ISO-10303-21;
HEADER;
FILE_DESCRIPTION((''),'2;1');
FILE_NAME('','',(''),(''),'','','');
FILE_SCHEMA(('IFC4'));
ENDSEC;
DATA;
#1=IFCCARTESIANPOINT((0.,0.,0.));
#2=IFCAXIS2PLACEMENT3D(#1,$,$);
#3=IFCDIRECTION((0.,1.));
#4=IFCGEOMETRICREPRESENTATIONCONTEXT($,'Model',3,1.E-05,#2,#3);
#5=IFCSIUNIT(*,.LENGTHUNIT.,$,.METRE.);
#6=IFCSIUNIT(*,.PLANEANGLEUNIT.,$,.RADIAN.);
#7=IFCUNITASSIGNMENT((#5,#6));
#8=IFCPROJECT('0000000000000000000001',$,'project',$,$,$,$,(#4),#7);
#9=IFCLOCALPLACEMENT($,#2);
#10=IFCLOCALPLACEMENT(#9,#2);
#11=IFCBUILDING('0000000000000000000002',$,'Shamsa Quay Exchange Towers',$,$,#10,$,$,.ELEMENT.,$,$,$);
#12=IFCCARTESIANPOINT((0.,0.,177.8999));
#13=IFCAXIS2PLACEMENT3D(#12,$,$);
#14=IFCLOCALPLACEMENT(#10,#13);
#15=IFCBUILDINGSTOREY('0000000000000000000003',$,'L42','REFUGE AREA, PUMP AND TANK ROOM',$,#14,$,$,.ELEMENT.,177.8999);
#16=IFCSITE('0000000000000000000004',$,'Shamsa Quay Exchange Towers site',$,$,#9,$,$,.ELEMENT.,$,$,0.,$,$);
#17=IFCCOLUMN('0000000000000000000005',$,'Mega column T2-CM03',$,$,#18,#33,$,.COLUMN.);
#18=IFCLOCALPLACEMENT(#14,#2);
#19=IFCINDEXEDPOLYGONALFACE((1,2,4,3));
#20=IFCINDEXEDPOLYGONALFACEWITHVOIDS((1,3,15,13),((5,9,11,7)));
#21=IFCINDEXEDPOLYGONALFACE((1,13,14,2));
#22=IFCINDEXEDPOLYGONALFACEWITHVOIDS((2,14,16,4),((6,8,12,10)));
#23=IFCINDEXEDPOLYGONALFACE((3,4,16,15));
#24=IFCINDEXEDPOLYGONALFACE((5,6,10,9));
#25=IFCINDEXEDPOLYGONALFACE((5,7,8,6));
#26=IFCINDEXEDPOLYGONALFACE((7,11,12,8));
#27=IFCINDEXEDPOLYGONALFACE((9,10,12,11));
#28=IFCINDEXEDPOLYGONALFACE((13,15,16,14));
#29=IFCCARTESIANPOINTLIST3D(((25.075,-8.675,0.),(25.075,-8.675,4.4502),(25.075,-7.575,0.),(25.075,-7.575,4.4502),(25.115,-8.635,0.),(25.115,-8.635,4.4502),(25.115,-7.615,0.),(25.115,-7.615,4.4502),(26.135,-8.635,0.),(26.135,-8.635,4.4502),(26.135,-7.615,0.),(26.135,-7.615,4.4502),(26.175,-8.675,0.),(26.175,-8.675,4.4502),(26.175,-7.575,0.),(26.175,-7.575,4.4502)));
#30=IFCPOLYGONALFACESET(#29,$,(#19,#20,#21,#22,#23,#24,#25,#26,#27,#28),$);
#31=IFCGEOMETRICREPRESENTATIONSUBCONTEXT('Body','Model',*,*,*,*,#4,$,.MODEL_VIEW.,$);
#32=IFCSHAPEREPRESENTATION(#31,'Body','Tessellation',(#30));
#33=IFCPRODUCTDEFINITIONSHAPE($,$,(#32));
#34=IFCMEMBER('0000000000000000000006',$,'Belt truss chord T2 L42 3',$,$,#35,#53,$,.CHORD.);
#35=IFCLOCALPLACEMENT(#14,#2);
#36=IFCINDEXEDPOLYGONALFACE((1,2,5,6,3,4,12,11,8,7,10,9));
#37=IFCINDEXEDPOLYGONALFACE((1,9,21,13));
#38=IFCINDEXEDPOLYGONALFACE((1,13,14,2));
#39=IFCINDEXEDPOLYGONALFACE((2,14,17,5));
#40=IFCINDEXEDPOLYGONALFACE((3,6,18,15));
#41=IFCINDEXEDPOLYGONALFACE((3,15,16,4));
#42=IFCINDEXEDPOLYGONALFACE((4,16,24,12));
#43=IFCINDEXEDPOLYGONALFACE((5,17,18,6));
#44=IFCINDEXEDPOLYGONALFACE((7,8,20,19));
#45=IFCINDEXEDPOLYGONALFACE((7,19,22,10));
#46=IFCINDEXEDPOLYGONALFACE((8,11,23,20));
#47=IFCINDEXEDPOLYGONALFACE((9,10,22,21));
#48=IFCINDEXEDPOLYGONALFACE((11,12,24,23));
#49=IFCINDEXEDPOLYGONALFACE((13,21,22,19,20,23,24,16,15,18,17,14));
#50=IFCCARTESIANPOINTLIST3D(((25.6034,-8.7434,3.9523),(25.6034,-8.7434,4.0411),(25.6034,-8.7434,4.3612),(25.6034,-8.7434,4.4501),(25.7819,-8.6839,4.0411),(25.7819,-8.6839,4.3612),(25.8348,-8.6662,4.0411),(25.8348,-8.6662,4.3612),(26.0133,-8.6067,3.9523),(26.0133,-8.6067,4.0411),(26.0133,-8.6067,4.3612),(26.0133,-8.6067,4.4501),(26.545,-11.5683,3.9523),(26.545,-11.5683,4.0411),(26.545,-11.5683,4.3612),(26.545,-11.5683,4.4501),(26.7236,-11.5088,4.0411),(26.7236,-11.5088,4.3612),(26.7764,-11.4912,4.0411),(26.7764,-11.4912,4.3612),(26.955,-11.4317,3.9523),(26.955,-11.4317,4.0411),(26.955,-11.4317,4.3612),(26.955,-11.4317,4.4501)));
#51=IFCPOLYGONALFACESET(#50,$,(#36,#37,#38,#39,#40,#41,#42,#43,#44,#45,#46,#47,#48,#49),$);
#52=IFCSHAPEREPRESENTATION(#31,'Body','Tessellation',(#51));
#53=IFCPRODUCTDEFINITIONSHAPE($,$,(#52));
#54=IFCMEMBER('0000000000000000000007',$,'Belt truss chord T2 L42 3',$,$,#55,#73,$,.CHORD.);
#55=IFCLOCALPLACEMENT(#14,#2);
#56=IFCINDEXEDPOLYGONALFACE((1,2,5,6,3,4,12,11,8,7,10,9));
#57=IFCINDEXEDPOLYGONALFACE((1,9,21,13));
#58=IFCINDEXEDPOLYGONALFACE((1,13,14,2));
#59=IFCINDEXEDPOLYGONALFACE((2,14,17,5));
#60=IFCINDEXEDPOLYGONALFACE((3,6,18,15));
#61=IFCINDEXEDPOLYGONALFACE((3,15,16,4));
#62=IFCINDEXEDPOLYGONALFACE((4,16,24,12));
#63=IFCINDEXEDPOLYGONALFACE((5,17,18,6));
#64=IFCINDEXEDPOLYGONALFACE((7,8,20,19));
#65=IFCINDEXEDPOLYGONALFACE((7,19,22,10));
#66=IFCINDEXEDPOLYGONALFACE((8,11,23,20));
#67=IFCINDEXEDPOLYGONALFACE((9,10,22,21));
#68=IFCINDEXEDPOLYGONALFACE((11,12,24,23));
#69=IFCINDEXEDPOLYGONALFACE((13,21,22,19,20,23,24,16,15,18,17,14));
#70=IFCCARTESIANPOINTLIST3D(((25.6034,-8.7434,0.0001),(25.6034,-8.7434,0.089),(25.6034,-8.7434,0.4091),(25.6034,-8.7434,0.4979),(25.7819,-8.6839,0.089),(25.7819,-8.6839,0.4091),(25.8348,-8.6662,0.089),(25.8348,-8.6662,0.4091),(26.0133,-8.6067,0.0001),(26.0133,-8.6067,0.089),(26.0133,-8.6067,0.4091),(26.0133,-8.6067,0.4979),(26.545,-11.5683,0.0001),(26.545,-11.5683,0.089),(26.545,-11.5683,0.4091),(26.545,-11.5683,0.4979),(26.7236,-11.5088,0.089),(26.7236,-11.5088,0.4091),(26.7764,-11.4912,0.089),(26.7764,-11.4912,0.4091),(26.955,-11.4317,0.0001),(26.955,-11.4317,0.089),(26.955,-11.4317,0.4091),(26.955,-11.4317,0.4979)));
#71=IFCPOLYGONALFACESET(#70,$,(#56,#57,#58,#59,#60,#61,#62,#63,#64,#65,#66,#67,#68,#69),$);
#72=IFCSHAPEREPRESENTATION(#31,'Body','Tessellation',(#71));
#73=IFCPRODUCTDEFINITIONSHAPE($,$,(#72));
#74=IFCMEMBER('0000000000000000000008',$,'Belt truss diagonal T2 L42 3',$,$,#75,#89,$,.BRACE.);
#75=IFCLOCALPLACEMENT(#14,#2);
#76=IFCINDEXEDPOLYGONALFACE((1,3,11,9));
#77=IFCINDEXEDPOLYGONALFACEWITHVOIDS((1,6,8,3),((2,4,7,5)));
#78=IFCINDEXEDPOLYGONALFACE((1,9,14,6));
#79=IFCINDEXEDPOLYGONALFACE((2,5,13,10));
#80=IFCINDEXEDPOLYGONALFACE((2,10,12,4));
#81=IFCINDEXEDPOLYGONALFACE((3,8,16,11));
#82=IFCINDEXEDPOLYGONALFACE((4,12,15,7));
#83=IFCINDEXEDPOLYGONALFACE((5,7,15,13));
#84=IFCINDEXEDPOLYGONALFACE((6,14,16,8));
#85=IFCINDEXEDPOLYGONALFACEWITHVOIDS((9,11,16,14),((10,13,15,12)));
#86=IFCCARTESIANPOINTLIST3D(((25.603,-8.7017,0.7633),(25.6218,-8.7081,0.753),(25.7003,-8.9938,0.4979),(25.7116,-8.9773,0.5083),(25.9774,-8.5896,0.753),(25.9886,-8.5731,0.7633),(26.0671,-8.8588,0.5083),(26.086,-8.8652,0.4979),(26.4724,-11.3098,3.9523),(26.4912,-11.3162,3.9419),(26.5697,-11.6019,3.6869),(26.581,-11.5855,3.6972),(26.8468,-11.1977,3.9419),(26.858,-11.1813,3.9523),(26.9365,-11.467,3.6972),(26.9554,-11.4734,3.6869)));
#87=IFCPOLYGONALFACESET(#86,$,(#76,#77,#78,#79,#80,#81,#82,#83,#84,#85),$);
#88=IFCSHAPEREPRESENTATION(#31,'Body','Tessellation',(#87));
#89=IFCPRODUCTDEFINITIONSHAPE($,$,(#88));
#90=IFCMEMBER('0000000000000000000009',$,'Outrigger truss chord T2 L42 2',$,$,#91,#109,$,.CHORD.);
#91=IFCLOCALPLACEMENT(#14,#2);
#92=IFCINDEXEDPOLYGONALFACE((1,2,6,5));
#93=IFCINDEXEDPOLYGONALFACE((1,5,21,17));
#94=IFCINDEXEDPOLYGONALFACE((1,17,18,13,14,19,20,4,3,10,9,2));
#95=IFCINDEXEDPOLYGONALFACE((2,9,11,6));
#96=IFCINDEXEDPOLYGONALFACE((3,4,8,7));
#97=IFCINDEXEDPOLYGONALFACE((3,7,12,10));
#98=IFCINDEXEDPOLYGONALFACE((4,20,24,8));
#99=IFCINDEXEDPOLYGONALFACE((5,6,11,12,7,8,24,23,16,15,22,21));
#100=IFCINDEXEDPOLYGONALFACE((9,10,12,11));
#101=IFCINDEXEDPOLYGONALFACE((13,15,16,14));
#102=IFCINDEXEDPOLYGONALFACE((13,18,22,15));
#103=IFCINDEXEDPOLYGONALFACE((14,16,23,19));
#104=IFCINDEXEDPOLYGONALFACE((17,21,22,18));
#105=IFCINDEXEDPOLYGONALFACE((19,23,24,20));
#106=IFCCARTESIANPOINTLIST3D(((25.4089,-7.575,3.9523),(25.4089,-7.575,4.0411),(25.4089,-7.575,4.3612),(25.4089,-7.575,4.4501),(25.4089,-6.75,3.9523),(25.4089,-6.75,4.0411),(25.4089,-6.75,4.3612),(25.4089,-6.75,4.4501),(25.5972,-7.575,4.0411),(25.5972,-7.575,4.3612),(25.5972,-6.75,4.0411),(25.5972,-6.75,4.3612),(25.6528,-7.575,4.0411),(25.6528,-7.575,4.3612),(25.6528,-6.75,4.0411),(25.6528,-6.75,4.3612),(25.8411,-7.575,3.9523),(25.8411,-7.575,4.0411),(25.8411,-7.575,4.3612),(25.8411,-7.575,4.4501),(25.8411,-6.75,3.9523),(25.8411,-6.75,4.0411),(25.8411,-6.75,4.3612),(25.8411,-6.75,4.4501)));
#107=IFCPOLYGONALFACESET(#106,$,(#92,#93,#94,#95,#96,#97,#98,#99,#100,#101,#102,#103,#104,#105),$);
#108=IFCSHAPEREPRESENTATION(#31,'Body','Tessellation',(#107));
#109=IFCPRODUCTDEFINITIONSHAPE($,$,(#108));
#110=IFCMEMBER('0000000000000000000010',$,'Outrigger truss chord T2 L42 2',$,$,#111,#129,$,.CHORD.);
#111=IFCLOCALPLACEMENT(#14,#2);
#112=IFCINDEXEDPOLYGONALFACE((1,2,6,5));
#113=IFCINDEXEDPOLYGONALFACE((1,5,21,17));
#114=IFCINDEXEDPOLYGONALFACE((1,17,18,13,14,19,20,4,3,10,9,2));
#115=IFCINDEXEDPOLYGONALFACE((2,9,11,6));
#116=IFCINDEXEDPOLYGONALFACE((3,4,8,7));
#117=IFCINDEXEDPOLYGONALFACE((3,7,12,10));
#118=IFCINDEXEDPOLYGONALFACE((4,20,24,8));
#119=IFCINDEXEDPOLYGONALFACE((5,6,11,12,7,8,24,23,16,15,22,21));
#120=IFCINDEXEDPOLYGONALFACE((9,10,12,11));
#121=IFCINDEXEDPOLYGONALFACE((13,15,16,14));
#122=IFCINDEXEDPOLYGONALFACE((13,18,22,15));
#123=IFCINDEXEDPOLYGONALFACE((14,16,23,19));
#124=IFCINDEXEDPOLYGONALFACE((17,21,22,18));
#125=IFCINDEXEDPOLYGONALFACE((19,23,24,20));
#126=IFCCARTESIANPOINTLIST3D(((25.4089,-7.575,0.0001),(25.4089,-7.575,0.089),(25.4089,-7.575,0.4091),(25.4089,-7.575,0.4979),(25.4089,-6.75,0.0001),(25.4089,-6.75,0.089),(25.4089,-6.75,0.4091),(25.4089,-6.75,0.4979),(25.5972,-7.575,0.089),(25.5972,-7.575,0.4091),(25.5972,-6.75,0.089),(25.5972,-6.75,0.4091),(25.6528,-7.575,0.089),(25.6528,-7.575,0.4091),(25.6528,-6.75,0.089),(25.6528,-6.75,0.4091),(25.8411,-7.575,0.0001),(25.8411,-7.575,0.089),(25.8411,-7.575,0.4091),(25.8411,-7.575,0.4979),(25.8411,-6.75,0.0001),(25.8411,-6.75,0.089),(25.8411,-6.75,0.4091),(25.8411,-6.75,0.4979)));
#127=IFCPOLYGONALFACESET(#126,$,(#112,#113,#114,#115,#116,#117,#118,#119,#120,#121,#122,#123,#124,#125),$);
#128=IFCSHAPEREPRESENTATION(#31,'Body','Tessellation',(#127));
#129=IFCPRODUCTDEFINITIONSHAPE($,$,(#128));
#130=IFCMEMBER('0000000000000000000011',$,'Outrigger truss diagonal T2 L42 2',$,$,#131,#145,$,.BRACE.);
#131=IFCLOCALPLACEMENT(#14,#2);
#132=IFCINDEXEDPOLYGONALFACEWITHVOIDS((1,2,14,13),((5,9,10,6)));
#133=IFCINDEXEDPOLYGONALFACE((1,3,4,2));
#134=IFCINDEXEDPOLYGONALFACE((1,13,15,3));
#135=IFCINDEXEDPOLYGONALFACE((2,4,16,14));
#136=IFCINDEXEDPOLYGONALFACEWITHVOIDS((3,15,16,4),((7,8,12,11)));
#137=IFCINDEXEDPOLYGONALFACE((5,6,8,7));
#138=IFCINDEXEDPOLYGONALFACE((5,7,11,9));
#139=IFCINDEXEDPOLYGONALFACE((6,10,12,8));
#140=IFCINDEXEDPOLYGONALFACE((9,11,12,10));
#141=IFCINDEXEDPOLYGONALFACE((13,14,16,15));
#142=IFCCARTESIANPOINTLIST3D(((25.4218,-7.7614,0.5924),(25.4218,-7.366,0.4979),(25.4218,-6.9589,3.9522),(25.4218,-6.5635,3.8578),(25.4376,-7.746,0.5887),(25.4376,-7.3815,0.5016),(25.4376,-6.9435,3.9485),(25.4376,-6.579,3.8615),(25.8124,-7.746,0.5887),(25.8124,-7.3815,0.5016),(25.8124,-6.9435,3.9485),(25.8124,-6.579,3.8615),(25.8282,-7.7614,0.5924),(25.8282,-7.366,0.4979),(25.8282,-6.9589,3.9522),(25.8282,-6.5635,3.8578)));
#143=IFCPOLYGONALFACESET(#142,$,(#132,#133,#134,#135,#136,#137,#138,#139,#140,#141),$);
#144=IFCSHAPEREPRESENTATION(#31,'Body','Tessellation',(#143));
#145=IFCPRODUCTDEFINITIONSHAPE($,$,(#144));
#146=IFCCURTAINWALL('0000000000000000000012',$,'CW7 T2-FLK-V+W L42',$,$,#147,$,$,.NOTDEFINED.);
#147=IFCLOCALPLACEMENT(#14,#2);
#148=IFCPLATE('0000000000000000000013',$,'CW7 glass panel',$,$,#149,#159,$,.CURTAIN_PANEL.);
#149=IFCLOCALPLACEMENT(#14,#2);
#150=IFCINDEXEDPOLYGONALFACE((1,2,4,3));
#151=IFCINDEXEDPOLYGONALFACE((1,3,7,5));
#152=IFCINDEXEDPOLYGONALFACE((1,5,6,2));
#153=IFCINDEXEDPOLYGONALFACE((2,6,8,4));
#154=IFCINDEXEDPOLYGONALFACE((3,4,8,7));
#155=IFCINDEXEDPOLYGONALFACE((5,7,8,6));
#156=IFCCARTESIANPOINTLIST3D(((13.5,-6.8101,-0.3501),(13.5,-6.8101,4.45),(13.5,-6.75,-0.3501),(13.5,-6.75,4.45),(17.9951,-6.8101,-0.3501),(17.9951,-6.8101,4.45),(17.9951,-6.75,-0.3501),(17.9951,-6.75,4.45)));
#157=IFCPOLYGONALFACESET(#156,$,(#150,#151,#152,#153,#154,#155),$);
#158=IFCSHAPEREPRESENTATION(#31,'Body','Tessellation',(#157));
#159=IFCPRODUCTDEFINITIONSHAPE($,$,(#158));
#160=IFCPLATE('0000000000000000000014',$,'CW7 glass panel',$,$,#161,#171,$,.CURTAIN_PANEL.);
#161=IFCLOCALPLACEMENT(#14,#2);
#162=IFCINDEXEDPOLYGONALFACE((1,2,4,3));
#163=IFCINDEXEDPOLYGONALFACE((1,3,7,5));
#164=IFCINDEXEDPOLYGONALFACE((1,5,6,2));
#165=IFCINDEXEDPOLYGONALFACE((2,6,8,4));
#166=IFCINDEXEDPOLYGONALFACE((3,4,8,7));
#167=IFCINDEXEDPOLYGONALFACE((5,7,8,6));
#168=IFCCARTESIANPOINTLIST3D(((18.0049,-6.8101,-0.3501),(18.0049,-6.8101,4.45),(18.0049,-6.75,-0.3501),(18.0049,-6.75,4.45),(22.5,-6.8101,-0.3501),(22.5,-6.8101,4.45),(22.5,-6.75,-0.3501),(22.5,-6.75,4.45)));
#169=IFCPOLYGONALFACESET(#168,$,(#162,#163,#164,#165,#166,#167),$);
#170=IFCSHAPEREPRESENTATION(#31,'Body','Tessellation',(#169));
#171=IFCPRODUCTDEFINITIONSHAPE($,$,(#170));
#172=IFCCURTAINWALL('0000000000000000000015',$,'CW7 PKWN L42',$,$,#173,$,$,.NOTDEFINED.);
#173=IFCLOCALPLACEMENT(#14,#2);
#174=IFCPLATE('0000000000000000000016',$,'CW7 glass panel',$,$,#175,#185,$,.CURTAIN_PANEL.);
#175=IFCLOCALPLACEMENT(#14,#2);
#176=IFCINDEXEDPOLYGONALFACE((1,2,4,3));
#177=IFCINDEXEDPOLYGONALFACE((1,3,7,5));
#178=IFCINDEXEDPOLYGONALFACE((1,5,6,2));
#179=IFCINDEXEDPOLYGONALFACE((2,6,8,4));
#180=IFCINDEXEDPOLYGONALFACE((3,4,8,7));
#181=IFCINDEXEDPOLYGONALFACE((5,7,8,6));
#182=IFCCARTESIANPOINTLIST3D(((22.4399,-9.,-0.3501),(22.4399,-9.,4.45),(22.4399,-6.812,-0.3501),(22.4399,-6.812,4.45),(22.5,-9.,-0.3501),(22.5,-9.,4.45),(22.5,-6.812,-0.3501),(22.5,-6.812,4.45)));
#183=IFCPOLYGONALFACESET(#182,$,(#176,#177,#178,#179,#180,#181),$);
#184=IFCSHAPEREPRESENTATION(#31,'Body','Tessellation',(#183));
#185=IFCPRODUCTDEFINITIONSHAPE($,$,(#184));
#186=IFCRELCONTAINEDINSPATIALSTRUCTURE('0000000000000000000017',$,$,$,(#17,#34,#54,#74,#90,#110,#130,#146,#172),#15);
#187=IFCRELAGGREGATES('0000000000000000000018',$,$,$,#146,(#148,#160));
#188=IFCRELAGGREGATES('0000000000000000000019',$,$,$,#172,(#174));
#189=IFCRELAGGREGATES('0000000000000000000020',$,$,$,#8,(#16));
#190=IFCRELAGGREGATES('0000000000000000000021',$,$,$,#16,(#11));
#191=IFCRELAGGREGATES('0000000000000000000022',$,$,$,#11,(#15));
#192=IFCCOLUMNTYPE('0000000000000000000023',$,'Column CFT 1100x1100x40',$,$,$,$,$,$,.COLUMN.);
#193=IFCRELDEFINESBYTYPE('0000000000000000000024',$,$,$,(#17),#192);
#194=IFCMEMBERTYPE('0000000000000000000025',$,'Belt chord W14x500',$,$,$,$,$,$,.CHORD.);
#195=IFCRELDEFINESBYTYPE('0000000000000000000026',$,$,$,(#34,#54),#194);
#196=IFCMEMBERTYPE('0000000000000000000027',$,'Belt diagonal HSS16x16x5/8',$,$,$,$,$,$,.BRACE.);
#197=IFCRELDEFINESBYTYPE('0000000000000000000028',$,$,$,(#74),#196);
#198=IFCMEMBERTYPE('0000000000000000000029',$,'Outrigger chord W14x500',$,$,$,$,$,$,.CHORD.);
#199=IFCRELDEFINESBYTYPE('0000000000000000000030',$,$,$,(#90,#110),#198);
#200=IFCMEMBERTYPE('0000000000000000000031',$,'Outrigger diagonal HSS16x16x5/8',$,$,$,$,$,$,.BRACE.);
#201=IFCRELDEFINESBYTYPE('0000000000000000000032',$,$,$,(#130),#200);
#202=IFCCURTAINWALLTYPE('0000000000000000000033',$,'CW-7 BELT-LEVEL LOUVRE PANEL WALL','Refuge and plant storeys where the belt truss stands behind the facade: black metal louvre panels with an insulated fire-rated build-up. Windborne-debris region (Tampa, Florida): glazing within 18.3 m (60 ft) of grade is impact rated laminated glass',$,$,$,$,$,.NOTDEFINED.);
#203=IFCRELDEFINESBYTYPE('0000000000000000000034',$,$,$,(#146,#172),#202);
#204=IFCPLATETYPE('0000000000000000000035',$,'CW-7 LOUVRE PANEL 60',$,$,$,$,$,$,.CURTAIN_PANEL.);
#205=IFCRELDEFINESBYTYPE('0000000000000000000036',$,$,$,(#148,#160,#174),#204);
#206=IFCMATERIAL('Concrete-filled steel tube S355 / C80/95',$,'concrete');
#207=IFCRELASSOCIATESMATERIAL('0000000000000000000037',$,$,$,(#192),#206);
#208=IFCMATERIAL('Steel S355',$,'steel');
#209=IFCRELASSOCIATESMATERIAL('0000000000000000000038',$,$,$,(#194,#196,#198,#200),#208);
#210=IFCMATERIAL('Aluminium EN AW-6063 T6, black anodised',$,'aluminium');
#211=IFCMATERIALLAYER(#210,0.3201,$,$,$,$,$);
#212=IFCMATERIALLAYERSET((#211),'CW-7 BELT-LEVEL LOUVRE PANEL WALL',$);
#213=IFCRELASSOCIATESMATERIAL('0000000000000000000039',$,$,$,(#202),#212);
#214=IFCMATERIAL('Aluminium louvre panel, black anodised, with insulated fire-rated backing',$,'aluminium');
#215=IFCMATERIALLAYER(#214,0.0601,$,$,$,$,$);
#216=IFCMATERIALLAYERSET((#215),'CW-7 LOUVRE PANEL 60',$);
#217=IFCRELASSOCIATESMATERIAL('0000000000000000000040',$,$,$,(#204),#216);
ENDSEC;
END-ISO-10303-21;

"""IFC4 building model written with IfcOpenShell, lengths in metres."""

from ifc_helpers import new_model, si_unit, direction, frame, origin, origin_2d, place, context, subcontext, project, spatial, rectangle, hollow_rectangle, i_section, extrude, material, layer, layer_set, material_profile, profile_set, type_object, element, aggregate, save


model = new_model("IFC4")

# Units and contexts
model_context = context("Model", 3, precision=1e-05, world=origin(), true_north=direction((0.0, 1.0)))
body_context = subcontext(model_context, "Body", "Model", "MODEL_VIEW")
ifc_project = project(units=[si_unit("LENGTHUNIT", "METRE"), si_unit("PLANEANGLEUNIT", "RADIAN")], contexts=[model_context])

# Site, building, storey
site_placement = place(None, origin())
site = spatial("IfcSite", under=ifc_project, at=site_placement, Name="Shamsa Quay Exchange Towers site", CompositionType="ELEMENT", RefElevation=0.0)
building_placement = place(site_placement, origin())
building = spatial("IfcBuilding", under=site, at=building_placement, Name="Shamsa Quay Exchange Towers", CompositionType="ELEMENT")
storey_placement = place(building_placement, frame((0.0, 0.0, 177.8999)))
storey = spatial("IfcBuildingStorey", under=building, at=storey_placement, Name="L42", Description="REFUGE AREA, PUMP AND TANK ROOM", CompositionType="ELEMENT", Elevation=177.8999)

# Column
ifc_material_1 = material(Name="Concrete-filled steel tube S355 / C80/95", Category="concrete")
ifc_material_profile_1 = material_profile(ifc_material_1, hollow_rectangle(XDim=1.1001, YDim=1.1001, WallThickness=0.04, at=origin_2d()), Name="CFT 1100x1100x40")
ifc_profile_set_1 = profile_set([ifc_material_profile_1], Name="Concrete-filled steel tube S355 / C80/95")
column_type = type_object("IfcColumnType", Name="Column CFT 1100x1100x40", PredefinedType="COLUMN", material=ifc_profile_set_1)
column_placement = place(storey_placement, frame((25.625, -8.125, 0.0)))
element("IfcColumn", 1, at=column_placement, inside=storey, type_object=column_type, Name="Mega column T2-CM03", PredefinedType="COLUMN", context=body_context, shape_type="SweptSolid", body=[
    extrude(hollow_rectangle(XDim=1.1001, YDim=1.1001, WallThickness=0.04, at=origin_2d()), origin(), (0.0, 0.0, 1.0), 4.4502),
])

# Members
ifc_material_2 = material(Name="Steel S355", Category="steel")
ifc_material_profile_2 = material_profile(ifc_material_2, i_section(OverallWidth=0.4321, OverallDepth=0.4978, WebThickness=0.0557, FlangeThickness=0.0889, at=origin_2d()), Name="W14x500")
ifc_profile_set_2 = profile_set([ifc_material_profile_2], Name="Steel S355")
member_type_1 = type_object("IfcMemberType", Name="Belt chord W14x500", PredefinedType="CHORD", material=ifc_profile_set_2)
for number, where, z_axis, x_axis, name in (
    (2, (25.8083, -8.675, 4.2012), (0.316228, -0.948683, 0.0), (0.948683, 0.316228, 0.0), "Belt truss chord T2 L42 3"),
    (3, (25.8083, -8.675, 0.249), (0.316228, -0.948683, 0.0), (0.948683, 0.316228, 0.0), "Belt truss chord T2 L42 3"),
):
    element("IfcMember", number, at=place(storey_placement, frame(where, z_axis=z_axis, x_axis=x_axis)), inside=storey, type_object=member_type_1, Name=name, PredefinedType="CHORD", context=body_context, shape_type="SweptSolid", body=[
        extrude(i_section(OverallWidth=0.4321, OverallDepth=0.4978, WebThickness=0.0557, FlangeThickness=0.0889, at=origin_2d()), origin(), (0.0, 0.0, 1.0), 2.9778),
    ])
ifc_material_profile_3 = material_profile(ifc_material_2, hollow_rectangle(XDim=0.4065, YDim=0.4065, WallThickness=0.0159, at=origin_2d()), Name="HSS16x16x5/8")
ifc_profile_set_3 = profile_set([ifc_material_profile_3], Name="Steel S355")
member_type_2 = type_object("IfcMemberType", Name="Belt diagonal HSS16x16x5/8", PredefinedType="BRACE", material=ifc_profile_set_3)
member_1_placement = place(storey_placement, frame((25.8445, -8.7834, 0.6306), z_axis=(0.206483, -0.61945, 0.757395), x_axis=(0.948683, 0.316228, 0.0)))
element("IfcMember", 4, at=member_1_placement, inside=storey, type_object=member_type_2, Name="Belt truss diagonal T2 L42 3", PredefinedType="BRACE", context=body_context, shape_type="SweptSolid", body=[
    extrude(hollow_rectangle(XDim=0.4065, YDim=0.4065, WallThickness=0.0159, at=origin_2d()), origin(), (0.0, 0.0, 1.0), 4.2104),
])
ifc_material_profile_4 = material_profile(ifc_material_2, i_section(OverallWidth=0.4321, OverallDepth=0.4978, WebThickness=0.0557, FlangeThickness=0.0889, at=origin_2d()), Name="W14x500")
ifc_profile_set_4 = profile_set([ifc_material_profile_4], Name="Steel S355")
member_type_3 = type_object("IfcMemberType", Name="Outrigger chord W14x500", PredefinedType="CHORD", material=ifc_profile_set_4)
for number, where, z_axis, x_axis, name in (
    (5, (25.625, -7.575, 4.2012), (0.0, 1.0, 0.0), (-1.0, 0.0, 0.0), "Outrigger truss chord T2 L42 2"),
    (6, (25.625, -7.575, 0.249), (0.0, 1.0, 0.0), (-1.0, 0.0, 0.0), "Outrigger truss chord T2 L42 2"),
):
    element("IfcMember", number, at=place(storey_placement, frame(where, z_axis=z_axis, x_axis=x_axis)), inside=storey, type_object=member_type_3, Name=name, PredefinedType="CHORD", context=body_context, shape_type="SweptSolid", body=[
        extrude(i_section(OverallWidth=0.4321, OverallDepth=0.4978, WebThickness=0.0557, FlangeThickness=0.0889, at=origin_2d()), origin(), (0.0, 0.0, 1.0), 0.825),
    ])
ifc_material_profile_5 = material_profile(ifc_material_2, hollow_rectangle(XDim=0.4065, YDim=0.4065, WallThickness=0.0159, at=origin_2d()), Name="HSS16x16x5/8")
ifc_profile_set_5 = profile_set([ifc_material_profile_5], Name="Steel S355")
member_type_4 = type_object("IfcMemberType", Name="Outrigger diagonal HSS16x16x5/8", PredefinedType="BRACE", material=ifc_profile_set_5)
member_2_placement = place(storey_placement, frame((25.625, -7.5637, 0.5452), z_axis=(0.0, 0.232312, 0.972641), x_axis=(-1.0, 0.0, 0.0)))
element("IfcMember", 7, at=member_2_placement, inside=storey, type_object=member_type_4, Name="Outrigger truss diagonal T2 L42 2", PredefinedType="BRACE", context=body_context, shape_type="SweptSolid", body=[
    extrude(hollow_rectangle(XDim=0.4065, YDim=0.4065, WallThickness=0.0159, at=origin_2d()), origin(), (0.0, 0.0, 1.0), 3.4543),
])

# Curtain wall, plates
ifc_material_3 = material(Name="Aluminium EN AW-6063 T6, black anodised", Category="aluminium")
ifc_layer_1 = layer(ifc_material_3, 0.3201)
ifc_layer_set_1 = layer_set([ifc_layer_1], Name="CW-7 BELT-LEVEL LOUVRE PANEL WALL")
curtain_wall_type = type_object("IfcCurtainWallType", Name="CW-7 BELT-LEVEL LOUVRE PANEL WALL", Description="Refuge and plant storeys where the belt truss stands behind the facade: black metal louvre panels with an insulated fire-rated build-up. Windborne-debris region (Tampa, Florida): glazing within 18.3 m (60 ft) of grade is impact rated laminated glass", PredefinedType="NOTDEFINED", material=ifc_layer_set_1)
curtain_wall_1_placement = place(storey_placement, origin())
curtain_wall_1 = element("IfcCurtainWall", 8, at=curtain_wall_1_placement, inside=storey, type_object=curtain_wall_type, Name="CW7 T2-FLK-V+W L42", PredefinedType="NOTDEFINED")
ifc_material_4 = material(Name="Aluminium louvre panel, black anodised, with insulated fire-rated backing", Category="aluminium")
ifc_layer_2 = layer(ifc_material_4, 0.0601)
ifc_layer_set_2 = layer_set([ifc_layer_2], Name="CW-7 LOUVRE PANEL 60")
plate_type = type_object("IfcPlateType", Name="CW-7 LOUVRE PANEL 60", PredefinedType="CURTAIN_PANEL", material=ifc_layer_set_2)
plate_1_placement = place(storey_placement, frame((15.7476, -6.78, -0.3501)))
plate_1 = element("IfcPlate", 9, at=plate_1_placement, type_object=plate_type, Name="CW7 glass panel", PredefinedType="CURTAIN_PANEL", context=body_context, shape_type="SweptSolid", body=[
    extrude(rectangle(XDim=4.4951, YDim=0.0601, at=origin_2d()), origin(), (0.0, 0.0, 1.0), 4.8),
])
plate_2_placement = place(storey_placement, frame((20.2524, -6.78, -0.3501)))
plate_2 = element("IfcPlate", 10, at=plate_2_placement, type_object=plate_type, Name="CW7 glass panel", PredefinedType="CURTAIN_PANEL", context=body_context, shape_type="SweptSolid", body=[
    extrude(rectangle(XDim=4.4951, YDim=0.0601, at=origin_2d()), origin(), (0.0, 0.0, 1.0), 4.8),
])
aggregate(curtain_wall_1, [plate_1, plate_2])

# Curtain wall, plate
curtain_wall_2_placement = place(storey_placement, origin())
curtain_wall_2 = element("IfcCurtainWall", 11, at=curtain_wall_2_placement, inside=storey, type_object=curtain_wall_type, Name="CW7 PKWN L42", PredefinedType="NOTDEFINED")
plate_3_placement = place(storey_placement, frame((22.47, -7.906, -0.3501), z_axis=(0.0, 0.0, 1.0), x_axis=(0.0, -1.0, 0.0)))
plate_3 = element("IfcPlate", 12, at=plate_3_placement, type_object=plate_type, Name="CW7 glass panel", PredefinedType="CURTAIN_PANEL", context=body_context, shape_type="SweptSolid", body=[
    extrude(rectangle(XDim=2.188, YDim=0.0601, at=origin_2d()), origin(), (0.0, 0.0, 1.0), 4.8),
])
aggregate(curtain_wall_2, [plate_3])

save(model, "model.ifc")
